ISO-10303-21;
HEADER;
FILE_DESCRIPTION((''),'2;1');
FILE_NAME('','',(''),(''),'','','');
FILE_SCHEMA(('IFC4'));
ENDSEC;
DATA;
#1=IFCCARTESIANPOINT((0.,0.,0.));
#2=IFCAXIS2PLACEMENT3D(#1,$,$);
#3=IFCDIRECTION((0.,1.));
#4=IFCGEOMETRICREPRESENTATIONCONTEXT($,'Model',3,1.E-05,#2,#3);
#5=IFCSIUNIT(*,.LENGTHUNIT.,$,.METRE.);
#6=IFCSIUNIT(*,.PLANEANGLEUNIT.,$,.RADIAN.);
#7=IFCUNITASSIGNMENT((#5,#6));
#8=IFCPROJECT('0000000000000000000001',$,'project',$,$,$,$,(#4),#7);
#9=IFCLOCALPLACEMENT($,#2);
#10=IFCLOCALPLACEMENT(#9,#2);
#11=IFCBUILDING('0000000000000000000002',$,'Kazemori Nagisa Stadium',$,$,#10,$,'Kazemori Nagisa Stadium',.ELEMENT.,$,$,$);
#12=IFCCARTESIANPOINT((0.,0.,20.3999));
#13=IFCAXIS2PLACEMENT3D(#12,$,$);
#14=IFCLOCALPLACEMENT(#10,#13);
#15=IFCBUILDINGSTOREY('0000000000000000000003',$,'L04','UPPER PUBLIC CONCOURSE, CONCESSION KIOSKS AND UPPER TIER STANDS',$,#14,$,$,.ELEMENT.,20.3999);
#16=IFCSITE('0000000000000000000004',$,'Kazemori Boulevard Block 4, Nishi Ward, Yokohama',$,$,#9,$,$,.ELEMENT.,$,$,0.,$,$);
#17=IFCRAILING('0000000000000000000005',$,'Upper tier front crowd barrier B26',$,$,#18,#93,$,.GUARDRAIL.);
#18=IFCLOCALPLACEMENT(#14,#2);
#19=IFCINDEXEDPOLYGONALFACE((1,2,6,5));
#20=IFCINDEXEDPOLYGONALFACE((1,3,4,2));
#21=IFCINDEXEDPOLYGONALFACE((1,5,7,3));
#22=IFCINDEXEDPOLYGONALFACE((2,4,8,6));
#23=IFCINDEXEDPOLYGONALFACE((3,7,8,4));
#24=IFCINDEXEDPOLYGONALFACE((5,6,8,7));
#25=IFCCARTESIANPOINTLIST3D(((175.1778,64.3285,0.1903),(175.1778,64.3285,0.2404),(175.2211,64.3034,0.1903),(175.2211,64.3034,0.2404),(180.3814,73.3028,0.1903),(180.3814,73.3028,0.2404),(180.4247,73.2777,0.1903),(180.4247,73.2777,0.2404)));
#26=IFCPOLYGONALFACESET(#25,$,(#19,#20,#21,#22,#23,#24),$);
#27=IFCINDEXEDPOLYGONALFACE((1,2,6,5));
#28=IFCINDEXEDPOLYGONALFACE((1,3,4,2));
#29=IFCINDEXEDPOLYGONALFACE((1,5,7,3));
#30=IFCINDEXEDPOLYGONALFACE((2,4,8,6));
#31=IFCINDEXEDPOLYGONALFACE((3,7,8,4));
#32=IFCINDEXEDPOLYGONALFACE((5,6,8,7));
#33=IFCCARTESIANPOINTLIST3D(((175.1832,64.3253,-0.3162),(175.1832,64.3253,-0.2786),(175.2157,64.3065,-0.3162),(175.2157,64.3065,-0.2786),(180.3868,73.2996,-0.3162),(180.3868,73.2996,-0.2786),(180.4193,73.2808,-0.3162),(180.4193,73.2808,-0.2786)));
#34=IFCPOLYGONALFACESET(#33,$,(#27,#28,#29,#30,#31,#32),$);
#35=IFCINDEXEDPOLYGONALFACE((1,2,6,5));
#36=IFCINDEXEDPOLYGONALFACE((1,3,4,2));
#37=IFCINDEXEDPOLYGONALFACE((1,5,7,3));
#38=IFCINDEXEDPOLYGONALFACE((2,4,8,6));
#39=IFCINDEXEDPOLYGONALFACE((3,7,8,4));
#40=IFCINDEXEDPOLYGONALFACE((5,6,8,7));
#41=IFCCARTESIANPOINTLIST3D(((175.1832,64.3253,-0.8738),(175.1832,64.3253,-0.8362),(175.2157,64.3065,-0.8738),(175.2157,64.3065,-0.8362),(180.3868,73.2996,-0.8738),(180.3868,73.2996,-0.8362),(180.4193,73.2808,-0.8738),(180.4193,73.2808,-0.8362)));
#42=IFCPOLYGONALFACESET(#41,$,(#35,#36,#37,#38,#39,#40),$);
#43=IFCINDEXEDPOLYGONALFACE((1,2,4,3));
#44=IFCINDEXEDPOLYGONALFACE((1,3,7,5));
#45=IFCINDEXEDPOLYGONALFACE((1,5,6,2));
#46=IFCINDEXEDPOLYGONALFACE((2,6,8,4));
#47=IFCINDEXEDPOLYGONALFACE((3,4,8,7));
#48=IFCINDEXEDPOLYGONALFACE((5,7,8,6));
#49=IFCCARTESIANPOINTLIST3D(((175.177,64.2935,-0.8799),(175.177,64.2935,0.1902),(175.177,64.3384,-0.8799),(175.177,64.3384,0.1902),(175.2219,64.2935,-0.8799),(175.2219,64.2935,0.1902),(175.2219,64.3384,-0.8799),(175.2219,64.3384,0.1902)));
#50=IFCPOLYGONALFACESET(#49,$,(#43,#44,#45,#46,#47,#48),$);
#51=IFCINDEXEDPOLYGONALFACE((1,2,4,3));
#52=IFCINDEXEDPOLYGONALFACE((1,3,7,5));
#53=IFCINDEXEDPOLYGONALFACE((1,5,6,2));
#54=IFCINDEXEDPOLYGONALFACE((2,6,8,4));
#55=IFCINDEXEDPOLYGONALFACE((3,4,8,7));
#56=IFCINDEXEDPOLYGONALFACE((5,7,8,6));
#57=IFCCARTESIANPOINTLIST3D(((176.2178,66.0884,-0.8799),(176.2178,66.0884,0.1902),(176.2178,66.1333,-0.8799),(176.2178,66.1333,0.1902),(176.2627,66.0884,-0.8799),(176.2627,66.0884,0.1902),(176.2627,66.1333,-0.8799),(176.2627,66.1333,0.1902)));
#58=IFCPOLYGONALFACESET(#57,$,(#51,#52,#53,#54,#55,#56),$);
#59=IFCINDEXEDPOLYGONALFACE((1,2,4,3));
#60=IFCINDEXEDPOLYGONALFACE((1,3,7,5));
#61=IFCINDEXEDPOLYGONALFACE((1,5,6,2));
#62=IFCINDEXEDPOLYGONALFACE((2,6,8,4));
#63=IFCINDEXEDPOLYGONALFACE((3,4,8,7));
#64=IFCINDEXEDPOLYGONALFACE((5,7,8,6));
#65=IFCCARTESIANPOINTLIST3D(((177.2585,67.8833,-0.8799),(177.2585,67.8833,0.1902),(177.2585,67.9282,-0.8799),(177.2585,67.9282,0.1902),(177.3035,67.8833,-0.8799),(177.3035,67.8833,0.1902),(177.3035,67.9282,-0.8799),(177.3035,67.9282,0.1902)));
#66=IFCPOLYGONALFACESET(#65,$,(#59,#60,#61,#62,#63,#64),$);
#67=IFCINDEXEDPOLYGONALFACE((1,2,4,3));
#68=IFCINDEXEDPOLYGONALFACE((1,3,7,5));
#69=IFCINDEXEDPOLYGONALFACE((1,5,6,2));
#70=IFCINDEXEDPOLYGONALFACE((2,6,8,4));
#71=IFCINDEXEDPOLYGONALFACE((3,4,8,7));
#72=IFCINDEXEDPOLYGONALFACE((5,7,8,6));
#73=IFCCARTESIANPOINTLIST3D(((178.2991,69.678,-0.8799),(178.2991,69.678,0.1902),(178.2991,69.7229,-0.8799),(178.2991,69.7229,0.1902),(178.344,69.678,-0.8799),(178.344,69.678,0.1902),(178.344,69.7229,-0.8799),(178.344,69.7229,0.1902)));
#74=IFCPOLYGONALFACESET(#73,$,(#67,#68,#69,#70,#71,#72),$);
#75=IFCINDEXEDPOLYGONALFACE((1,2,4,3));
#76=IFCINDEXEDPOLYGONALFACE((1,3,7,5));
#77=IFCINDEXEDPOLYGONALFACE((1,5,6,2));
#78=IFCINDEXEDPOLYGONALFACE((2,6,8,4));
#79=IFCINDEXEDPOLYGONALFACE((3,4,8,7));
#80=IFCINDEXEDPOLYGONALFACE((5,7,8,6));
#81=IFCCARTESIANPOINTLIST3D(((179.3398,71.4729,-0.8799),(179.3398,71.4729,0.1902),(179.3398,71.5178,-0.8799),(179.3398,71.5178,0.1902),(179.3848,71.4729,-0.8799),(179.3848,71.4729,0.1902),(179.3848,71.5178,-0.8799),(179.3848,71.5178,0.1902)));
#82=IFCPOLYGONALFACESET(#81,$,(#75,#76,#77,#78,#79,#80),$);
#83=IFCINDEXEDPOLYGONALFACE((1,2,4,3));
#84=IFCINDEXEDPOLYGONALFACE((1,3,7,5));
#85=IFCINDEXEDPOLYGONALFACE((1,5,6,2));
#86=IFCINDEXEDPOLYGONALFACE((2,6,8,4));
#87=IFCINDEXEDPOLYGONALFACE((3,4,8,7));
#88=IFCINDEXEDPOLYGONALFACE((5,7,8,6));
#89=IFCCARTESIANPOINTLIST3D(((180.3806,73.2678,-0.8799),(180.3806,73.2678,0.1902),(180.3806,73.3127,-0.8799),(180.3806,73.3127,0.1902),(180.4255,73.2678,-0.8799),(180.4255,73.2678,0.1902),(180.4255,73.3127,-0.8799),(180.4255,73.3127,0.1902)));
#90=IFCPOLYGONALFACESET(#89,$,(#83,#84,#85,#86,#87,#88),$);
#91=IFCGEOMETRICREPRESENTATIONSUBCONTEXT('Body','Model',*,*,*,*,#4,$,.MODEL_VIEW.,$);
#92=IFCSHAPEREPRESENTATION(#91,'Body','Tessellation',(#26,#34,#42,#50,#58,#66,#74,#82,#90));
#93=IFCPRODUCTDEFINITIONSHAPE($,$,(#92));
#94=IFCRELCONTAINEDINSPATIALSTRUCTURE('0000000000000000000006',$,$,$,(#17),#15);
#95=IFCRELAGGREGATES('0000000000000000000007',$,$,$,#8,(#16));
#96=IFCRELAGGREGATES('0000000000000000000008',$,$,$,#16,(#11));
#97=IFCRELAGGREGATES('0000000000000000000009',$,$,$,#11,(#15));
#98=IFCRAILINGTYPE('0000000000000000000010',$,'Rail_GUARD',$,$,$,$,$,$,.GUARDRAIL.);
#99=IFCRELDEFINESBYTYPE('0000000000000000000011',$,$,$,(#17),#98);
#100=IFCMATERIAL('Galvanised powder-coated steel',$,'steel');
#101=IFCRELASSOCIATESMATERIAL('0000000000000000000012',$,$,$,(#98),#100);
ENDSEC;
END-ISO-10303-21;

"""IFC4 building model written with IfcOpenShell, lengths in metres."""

from ifc_helpers import new_model, si_unit, direction, frame, origin, origin_2d, place, context, subcontext, project, spatial, rectangle, extrude, material, type_object, element, save


model = new_model("IFC4")

# Units and contexts
model_context = context("Model", 3, precision=1e-05, world=origin(), true_north=direction((0.0, 1.0)))
body_context = subcontext(model_context, "Body", "Model", "MODEL_VIEW")
ifc_project = project(units=[si_unit("LENGTHUNIT", "METRE"), si_unit("PLANEANGLEUNIT", "RADIAN")], contexts=[model_context])

# Site, building, storey
site_placement = place(None, origin())
site = spatial("IfcSite", under=ifc_project, at=site_placement, Name="Kazemori Boulevard Block 4, Nishi Ward, Yokohama", CompositionType="ELEMENT", RefElevation=0.0)
building_placement = place(site_placement, origin())
building = spatial("IfcBuilding", under=site, at=building_placement, Name="Kazemori Nagisa Stadium", LongName="Kazemori Nagisa Stadium", CompositionType="ELEMENT")
storey_placement = place(building_placement, frame((0.0, 0.0, 20.3999)))
storey = spatial("IfcBuildingStorey", under=building, at=storey_placement, Name="L04", Description="UPPER PUBLIC CONCOURSE, CONCESSION KIOSKS AND UPPER TIER STANDS", CompositionType="ELEMENT", Elevation=20.3999)

# Railing
ifc_material_1 = material(Name="Galvanised powder-coated steel", Category="steel")
railing_type = type_object("IfcRailingType", Name="Rail_GUARD", PredefinedType="GUARDRAIL", material=ifc_material_1)
railing_1_placement = place(storey_placement, frame((175.1995, 64.3159, -0.8799)))
element("IfcRailing", 1, at=railing_1_placement, inside=storey, type_object=railing_type, Name="Upper tier front crowd barrier B26", PredefinedType="GUARDRAIL", context=body_context, shape_type="SweptSolid", body=[
    extrude(rectangle(XDim=0.05, YDim=0.05, at=origin_2d()), frame((0.0, 0.0, 1.0952), z_axis=(0.501609, 0.865095, 0.0), x_axis=(-0.865095, 0.501609, 0.0)), (0.0, 0.0, 1.0), 10.3738),
    extrude(rectangle(XDim=0.0376, YDim=0.0376, at=origin_2d()), frame((0.0, 0.0, 0.5825), z_axis=(0.501609, 0.865095, 0.0), x_axis=(-0.865095, 0.501609, 0.0)), (0.0, 0.0, 1.0), 10.3738),
    extrude(rectangle(XDim=0.0376, YDim=0.0376, at=origin_2d()), frame((0.0, 0.0, 0.0249), z_axis=(0.501609, 0.865095, 0.0), x_axis=(-0.865095, 0.501609, 0.0)), (0.0, 0.0, 1.0), 10.3738),
    extrude(rectangle(XDim=0.0449, YDim=0.0449, at=origin_2d()), origin(), (0.0, 0.0, 1.0), 1.0701),
    extrude(rectangle(XDim=0.0449, YDim=0.0449, at=origin_2d()), frame((1.0408, 1.7949, 0.0)), (0.0, 0.0, 1.0), 1.0701),
    extrude(rectangle(XDim=0.0449, YDim=0.0449, at=origin_2d()), frame((2.0815, 3.5898, 0.0)), (0.0, 0.0, 1.0), 1.0701),
    extrude(rectangle(XDim=0.0449, YDim=0.0449, at=origin_2d()), frame((3.1221, 5.3845, 0.0)), (0.0, 0.0, 1.0), 1.0701),
    extrude(rectangle(XDim=0.0449, YDim=0.0449, at=origin_2d()), frame((4.1628, 7.1794, 0.0)), (0.0, 0.0, 1.0), 1.0701),
    extrude(rectangle(XDim=0.0449, YDim=0.0449, at=origin_2d()), frame((5.2036, 8.9744, 0.0)), (0.0, 0.0, 1.0), 1.0701),
])

save(model, "model.ifc")
